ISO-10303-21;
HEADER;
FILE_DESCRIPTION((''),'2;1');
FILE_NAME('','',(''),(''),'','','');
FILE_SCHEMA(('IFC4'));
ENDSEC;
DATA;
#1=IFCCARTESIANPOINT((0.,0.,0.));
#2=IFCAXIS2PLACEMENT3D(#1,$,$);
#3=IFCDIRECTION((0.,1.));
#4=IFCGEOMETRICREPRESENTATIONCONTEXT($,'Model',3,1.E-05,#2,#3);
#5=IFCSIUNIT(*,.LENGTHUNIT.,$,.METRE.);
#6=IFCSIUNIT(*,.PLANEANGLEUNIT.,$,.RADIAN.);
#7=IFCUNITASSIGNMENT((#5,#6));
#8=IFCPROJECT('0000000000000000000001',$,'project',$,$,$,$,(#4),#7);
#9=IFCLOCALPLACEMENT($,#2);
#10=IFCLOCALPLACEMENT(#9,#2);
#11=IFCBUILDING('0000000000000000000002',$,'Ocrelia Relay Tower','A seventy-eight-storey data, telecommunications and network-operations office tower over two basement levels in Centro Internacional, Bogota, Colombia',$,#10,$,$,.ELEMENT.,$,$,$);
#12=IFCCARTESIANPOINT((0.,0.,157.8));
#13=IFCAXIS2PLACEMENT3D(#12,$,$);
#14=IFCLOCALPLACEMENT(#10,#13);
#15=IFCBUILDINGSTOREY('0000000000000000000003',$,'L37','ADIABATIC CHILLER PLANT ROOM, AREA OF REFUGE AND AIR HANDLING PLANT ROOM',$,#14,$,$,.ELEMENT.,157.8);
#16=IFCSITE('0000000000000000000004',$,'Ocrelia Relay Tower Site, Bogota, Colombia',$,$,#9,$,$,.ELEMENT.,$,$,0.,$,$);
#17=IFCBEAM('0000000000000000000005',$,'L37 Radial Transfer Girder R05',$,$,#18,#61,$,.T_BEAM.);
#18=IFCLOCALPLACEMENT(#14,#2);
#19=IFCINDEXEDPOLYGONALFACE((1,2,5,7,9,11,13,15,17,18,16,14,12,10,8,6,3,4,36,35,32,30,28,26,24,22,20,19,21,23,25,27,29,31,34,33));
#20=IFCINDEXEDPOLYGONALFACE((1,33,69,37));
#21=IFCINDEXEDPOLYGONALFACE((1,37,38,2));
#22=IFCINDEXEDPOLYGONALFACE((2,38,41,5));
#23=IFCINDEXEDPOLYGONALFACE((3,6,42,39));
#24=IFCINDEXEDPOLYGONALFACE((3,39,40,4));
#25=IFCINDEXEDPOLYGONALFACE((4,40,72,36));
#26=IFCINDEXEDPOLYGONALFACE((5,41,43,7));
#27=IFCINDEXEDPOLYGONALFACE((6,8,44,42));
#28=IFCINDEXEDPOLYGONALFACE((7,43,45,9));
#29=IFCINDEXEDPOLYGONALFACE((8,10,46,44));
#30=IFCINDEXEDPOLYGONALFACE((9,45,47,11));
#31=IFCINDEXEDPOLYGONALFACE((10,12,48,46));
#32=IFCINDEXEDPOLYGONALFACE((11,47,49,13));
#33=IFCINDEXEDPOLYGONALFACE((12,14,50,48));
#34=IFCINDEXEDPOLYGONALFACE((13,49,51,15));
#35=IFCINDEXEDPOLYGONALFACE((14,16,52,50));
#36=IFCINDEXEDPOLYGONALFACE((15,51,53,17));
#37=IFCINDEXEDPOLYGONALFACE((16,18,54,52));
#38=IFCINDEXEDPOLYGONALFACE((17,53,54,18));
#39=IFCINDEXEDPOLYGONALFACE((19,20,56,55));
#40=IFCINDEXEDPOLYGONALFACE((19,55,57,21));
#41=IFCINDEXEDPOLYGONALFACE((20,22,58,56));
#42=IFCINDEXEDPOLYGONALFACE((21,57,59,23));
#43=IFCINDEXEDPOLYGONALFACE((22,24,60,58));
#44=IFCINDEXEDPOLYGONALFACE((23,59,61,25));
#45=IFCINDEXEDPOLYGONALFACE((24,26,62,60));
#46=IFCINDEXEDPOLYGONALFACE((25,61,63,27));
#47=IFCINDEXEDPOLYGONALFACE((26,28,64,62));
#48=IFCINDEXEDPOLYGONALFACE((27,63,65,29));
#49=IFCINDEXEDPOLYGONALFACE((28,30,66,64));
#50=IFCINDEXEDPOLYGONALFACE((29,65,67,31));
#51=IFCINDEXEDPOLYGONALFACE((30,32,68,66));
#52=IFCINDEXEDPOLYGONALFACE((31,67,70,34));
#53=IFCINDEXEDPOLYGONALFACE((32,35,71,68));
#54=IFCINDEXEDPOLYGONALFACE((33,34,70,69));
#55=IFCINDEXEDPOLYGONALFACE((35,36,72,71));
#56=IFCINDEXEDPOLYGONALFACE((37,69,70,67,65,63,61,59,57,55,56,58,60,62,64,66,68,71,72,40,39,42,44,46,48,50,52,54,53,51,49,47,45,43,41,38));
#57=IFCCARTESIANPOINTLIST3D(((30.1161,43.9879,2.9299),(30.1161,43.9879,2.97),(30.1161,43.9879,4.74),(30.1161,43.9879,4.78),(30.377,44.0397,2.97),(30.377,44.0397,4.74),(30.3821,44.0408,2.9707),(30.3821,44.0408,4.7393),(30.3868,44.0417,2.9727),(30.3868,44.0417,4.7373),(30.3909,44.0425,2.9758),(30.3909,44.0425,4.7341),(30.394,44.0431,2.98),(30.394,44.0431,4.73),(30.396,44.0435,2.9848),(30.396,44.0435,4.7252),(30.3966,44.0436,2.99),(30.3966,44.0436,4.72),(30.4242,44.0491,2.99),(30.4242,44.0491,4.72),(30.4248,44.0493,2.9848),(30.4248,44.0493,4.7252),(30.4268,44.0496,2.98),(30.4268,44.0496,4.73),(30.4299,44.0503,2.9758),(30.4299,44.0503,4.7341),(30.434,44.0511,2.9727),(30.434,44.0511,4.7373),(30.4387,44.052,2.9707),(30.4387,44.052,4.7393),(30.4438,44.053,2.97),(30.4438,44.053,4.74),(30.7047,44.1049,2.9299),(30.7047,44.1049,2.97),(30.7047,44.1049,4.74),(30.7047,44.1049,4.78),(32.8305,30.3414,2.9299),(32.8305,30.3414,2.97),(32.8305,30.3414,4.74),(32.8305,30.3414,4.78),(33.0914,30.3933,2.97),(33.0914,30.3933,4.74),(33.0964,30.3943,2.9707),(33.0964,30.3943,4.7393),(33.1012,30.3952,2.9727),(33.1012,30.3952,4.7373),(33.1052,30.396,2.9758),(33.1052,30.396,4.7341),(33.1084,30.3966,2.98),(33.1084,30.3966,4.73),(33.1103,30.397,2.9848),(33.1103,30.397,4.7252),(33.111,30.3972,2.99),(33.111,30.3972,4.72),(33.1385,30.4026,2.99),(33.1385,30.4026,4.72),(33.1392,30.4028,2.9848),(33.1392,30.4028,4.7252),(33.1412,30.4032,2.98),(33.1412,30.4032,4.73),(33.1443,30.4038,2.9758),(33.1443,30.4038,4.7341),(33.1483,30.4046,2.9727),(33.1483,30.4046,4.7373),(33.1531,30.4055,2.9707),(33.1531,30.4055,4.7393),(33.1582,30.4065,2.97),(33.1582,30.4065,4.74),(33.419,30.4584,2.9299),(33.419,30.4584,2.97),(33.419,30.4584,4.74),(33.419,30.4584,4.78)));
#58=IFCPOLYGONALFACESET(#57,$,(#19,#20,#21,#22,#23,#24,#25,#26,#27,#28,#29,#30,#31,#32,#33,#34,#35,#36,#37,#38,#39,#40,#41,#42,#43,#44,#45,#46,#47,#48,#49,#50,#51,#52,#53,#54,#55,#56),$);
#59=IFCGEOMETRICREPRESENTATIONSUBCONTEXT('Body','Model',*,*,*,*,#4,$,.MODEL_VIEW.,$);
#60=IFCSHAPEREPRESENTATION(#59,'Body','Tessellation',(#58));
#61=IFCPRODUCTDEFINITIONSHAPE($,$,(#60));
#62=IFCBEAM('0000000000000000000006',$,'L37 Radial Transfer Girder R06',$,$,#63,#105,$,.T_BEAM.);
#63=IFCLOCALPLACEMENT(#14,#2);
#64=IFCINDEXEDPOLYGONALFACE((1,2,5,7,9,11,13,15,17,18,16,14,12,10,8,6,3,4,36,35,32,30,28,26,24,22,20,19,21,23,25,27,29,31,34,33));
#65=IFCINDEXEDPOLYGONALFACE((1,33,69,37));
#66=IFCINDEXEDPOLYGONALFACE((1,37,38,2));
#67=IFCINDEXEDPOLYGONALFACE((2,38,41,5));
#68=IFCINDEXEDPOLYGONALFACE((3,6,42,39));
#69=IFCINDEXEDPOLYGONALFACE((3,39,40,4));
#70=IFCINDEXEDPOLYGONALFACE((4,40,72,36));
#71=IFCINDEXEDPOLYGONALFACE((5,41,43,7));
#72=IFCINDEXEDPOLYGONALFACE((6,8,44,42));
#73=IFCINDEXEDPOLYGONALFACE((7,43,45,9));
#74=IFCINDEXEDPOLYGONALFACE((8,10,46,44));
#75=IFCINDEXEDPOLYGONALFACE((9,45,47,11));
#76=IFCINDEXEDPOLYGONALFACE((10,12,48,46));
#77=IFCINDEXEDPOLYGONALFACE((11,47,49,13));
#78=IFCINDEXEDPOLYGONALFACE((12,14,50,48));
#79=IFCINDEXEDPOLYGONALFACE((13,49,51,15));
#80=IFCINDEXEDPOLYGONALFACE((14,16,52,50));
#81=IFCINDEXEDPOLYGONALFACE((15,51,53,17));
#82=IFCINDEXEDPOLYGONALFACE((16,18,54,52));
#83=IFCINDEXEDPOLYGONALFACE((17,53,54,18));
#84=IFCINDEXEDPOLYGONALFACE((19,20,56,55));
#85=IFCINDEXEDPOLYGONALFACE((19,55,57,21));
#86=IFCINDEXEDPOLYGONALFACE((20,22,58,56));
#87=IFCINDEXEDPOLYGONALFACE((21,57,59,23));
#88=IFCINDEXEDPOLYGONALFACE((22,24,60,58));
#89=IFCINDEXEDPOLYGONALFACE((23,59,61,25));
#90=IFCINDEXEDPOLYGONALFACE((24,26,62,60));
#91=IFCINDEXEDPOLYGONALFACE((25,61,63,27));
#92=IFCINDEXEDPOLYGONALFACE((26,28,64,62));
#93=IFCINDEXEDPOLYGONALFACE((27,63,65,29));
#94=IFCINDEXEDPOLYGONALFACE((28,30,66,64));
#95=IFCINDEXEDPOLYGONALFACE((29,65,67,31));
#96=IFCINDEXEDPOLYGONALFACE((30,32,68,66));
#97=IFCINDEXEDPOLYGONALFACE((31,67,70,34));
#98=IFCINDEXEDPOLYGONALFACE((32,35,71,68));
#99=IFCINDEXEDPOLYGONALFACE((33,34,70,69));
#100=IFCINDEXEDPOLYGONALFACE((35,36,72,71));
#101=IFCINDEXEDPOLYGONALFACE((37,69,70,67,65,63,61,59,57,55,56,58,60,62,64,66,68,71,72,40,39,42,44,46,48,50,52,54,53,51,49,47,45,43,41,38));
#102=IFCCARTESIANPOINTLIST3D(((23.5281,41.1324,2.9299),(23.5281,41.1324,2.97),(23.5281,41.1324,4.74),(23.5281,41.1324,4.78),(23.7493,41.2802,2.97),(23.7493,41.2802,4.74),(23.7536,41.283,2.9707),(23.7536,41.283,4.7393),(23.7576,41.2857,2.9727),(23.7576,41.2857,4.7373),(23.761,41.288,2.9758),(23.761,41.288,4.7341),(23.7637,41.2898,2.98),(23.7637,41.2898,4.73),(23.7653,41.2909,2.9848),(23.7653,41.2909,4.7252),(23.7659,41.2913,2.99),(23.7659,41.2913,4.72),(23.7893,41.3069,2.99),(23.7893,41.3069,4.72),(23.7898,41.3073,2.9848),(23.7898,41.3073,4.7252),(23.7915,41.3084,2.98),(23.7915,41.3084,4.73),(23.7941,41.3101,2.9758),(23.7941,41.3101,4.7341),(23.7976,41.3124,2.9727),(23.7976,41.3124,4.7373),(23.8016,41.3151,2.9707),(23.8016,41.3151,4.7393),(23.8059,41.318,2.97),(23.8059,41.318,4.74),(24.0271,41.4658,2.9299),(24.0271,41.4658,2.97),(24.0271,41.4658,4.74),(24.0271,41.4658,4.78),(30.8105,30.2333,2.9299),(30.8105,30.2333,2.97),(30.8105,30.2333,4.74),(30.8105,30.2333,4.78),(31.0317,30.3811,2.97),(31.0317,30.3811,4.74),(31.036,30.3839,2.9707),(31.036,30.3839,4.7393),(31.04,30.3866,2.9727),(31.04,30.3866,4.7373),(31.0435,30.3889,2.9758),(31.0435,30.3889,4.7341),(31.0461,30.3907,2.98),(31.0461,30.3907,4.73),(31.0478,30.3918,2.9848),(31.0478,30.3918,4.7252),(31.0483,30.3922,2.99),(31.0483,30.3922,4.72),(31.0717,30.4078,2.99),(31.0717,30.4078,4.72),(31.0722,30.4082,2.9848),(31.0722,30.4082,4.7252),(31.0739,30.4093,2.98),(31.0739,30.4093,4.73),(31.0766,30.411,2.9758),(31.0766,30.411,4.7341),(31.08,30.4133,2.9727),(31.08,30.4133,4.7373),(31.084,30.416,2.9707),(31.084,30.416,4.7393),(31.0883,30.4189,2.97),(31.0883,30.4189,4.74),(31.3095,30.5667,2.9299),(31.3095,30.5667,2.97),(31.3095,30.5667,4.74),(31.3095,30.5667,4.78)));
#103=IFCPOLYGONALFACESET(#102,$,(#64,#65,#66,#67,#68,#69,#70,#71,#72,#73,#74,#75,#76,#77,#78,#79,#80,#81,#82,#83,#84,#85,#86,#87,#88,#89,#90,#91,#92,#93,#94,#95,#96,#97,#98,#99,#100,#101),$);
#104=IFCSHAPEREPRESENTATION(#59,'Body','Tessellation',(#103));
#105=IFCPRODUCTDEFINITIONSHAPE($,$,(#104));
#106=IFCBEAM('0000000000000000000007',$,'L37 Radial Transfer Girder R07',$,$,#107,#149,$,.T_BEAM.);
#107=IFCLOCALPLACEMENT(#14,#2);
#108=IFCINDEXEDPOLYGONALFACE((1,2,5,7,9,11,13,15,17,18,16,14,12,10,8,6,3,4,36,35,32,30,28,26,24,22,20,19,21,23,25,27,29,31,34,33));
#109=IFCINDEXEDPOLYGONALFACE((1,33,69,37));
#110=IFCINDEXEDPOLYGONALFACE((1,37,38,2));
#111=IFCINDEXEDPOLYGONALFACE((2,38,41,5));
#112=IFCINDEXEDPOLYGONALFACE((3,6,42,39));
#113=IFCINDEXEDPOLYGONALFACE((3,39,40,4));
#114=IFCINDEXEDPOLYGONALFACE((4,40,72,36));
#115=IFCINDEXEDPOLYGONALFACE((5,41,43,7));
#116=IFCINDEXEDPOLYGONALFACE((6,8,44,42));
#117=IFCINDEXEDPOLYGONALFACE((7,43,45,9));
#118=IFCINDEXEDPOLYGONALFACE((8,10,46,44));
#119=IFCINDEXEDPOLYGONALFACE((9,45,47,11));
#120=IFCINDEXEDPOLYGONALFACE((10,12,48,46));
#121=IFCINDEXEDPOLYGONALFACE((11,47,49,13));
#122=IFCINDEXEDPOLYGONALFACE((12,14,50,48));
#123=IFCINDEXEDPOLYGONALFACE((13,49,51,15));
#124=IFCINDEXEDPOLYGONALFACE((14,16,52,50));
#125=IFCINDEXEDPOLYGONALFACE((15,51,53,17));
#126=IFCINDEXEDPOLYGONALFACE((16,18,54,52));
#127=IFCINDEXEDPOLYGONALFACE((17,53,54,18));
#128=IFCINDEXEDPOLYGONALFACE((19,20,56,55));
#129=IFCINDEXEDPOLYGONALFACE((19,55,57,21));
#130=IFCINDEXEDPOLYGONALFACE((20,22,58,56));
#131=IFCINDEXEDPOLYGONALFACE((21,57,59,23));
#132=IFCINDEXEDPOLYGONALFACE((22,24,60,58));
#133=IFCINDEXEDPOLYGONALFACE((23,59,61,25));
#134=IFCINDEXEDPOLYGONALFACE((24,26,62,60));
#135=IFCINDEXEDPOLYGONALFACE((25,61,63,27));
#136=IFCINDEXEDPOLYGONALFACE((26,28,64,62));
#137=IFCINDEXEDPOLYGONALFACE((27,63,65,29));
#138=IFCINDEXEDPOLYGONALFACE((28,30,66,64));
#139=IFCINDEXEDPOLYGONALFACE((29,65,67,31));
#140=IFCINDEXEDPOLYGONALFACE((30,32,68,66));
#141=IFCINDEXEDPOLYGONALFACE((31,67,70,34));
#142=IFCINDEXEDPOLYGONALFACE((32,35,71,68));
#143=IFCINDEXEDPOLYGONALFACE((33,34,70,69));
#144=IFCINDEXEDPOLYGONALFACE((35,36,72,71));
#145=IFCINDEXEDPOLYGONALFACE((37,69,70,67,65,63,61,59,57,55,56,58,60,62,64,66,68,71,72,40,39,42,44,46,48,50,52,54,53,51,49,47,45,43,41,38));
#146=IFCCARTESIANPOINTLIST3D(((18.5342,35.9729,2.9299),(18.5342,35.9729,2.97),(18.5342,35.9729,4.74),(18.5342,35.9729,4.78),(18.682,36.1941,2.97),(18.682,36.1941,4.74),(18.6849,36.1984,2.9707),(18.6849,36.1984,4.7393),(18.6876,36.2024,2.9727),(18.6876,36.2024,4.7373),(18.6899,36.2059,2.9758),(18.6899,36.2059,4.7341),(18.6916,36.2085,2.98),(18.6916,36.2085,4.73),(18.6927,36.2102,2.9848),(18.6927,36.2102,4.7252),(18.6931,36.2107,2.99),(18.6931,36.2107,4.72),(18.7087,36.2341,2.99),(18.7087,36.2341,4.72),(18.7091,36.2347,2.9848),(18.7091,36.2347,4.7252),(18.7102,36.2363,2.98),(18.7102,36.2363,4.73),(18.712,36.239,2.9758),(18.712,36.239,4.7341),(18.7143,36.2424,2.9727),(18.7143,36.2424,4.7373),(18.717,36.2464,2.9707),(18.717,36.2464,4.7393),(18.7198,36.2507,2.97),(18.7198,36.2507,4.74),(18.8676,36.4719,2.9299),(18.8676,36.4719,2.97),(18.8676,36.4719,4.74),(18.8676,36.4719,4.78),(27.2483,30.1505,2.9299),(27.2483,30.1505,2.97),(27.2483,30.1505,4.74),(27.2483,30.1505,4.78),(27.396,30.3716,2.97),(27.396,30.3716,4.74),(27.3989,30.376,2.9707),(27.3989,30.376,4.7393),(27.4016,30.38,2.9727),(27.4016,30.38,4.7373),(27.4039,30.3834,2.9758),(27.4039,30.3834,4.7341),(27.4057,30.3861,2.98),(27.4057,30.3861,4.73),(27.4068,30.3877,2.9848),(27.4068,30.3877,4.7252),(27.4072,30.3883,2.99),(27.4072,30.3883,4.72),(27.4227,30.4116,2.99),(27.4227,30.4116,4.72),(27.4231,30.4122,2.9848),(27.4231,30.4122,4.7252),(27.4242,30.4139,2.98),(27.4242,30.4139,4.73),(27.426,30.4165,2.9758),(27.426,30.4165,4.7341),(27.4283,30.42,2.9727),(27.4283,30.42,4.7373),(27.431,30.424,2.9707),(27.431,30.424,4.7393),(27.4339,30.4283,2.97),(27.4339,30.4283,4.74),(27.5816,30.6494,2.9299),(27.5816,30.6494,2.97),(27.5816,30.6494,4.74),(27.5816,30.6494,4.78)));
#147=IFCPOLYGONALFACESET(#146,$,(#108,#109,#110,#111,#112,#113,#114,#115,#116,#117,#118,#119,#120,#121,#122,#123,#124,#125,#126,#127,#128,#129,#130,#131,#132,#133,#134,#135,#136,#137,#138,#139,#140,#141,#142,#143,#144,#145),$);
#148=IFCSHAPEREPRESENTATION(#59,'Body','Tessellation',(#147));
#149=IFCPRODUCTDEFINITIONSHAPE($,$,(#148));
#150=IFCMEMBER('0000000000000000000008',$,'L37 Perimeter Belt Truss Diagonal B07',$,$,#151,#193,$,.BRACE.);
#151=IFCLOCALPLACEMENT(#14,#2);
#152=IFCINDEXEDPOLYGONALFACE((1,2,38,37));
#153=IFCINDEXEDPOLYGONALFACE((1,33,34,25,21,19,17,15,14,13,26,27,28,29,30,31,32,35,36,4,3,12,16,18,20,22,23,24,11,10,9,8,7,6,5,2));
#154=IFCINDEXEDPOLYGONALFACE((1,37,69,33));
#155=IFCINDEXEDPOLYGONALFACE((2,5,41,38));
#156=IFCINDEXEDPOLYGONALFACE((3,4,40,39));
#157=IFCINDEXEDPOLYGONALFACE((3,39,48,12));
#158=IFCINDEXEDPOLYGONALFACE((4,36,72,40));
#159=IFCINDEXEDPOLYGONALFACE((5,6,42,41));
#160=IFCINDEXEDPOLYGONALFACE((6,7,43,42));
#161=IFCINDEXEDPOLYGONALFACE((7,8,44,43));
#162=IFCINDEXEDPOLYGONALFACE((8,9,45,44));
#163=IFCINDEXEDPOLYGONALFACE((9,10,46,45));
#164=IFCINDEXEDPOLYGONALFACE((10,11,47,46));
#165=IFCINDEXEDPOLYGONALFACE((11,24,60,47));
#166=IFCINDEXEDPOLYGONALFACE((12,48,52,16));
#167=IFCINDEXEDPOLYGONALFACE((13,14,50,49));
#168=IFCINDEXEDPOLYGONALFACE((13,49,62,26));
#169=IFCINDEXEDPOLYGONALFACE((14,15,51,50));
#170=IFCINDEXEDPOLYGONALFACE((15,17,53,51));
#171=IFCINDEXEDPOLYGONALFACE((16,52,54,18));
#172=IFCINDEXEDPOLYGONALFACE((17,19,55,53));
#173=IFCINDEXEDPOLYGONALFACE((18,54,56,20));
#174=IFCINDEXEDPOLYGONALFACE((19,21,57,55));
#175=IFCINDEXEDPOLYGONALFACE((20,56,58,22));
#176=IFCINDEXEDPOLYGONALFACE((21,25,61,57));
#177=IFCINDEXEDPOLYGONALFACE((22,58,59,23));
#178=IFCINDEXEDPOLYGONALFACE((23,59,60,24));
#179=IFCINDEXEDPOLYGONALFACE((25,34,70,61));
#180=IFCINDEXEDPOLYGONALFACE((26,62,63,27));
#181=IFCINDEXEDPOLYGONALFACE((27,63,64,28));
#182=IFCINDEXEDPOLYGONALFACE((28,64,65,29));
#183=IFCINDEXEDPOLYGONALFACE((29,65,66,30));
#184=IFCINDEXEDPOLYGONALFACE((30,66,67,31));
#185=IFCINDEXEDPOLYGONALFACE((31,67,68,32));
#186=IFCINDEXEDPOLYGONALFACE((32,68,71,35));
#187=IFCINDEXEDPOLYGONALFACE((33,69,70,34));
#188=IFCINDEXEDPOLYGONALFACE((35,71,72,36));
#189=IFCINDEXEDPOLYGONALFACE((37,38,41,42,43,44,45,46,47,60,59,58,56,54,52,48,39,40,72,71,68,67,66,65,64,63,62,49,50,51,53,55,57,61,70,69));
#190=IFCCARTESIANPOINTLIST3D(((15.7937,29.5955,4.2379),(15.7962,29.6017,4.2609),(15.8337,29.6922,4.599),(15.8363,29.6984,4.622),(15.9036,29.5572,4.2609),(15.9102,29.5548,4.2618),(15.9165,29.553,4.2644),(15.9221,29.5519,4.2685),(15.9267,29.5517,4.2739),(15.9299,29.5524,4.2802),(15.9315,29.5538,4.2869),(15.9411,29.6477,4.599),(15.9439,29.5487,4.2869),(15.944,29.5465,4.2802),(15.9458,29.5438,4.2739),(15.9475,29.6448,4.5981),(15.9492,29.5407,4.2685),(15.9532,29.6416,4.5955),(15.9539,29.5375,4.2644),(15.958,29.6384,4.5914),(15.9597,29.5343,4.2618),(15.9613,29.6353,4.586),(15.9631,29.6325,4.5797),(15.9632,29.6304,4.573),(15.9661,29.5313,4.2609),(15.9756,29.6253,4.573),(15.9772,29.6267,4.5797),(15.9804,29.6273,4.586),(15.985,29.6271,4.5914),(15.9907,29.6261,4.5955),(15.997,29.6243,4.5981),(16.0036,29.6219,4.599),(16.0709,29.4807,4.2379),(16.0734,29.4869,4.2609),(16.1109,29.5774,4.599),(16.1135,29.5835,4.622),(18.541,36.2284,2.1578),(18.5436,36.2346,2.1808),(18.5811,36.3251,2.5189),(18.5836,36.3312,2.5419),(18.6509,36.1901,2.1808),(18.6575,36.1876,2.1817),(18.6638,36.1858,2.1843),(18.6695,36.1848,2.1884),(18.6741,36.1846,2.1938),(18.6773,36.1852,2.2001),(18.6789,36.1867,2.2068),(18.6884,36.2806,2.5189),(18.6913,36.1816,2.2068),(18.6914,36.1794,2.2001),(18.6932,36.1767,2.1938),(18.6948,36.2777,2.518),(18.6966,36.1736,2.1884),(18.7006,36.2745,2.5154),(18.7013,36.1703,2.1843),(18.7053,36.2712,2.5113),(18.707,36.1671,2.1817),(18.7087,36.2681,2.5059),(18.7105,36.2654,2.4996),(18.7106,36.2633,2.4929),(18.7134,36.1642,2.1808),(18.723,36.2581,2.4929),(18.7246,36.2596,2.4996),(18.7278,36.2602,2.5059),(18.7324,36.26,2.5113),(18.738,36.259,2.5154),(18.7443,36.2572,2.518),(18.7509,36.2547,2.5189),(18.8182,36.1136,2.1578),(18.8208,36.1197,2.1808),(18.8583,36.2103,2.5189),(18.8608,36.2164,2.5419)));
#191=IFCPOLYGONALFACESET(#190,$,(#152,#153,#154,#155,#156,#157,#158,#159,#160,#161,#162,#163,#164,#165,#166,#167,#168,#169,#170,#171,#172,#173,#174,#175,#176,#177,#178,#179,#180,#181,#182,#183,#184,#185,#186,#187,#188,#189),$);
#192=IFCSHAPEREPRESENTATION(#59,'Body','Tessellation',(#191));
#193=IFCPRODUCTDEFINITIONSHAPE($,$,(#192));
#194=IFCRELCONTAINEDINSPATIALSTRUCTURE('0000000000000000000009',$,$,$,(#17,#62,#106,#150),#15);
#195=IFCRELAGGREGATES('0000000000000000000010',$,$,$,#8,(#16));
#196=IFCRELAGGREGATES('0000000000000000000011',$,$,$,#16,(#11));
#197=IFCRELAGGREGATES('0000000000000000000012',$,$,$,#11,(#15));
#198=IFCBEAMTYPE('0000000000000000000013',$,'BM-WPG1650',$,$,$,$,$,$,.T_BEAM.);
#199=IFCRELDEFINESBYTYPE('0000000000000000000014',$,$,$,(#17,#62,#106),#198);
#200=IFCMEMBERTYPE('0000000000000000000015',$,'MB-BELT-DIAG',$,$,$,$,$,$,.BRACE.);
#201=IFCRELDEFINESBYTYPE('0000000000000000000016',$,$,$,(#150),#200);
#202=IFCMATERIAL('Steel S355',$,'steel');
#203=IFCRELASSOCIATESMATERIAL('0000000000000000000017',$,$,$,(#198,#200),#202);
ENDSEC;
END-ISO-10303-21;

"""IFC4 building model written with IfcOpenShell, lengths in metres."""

from ifc_helpers import new_model, si_unit, direction, frame, origin, origin_2d, place, context, subcontext, project, spatial, i_section, extrude, material, material_profile, profile_set, type_object, element, save


model = new_model("IFC4")

# Units and contexts
model_context = context("Model", 3, precision=1e-05, world=origin(), true_north=direction((0.0, 1.0)))
body_context = subcontext(model_context, "Body", "Model", "MODEL_VIEW")
ifc_project = project(units=[si_unit("LENGTHUNIT", "METRE"), si_unit("PLANEANGLEUNIT", "RADIAN")], contexts=[model_context])

# Site, building, storey
site_placement = place(None, origin())
site = spatial("IfcSite", under=ifc_project, at=site_placement, Name="Ocrelia Relay Tower Site, Bogota, Colombia", CompositionType="ELEMENT", RefElevation=0.0)
building_placement = place(site_placement, origin())
building = spatial("IfcBuilding", under=site, at=building_placement, Name="Ocrelia Relay Tower", Description="A seventy-eight-storey data, telecommunications and network-operations office tower over two basement levels in Centro Internacional, Bogota, Colombia", CompositionType="ELEMENT")
storey_placement = place(building_placement, frame((0.0, 0.0, 157.8)))
storey = spatial("IfcBuildingStorey", under=building, at=storey_placement, Name="L37", Description="ADIABATIC CHILLER PLANT ROOM, AREA OF REFUGE AND AIR HANDLING PLANT ROOM", CompositionType="ELEMENT", Elevation=157.8)

# Beams
ifc_material_1 = material(Name="Steel S355", Category="steel")
ifc_material_profile_1 = material_profile(ifc_material_1, i_section(OverallWidth=0.6001, OverallDepth=1.8501, WebThickness=0.0281, FlangeThickness=0.04, FilletRadius=0.02, at=origin_2d()), Name="WPG 1850x600")
ifc_profile_set_1 = profile_set([ifc_material_profile_1], Name="Steel S355")
beam_type_1 = type_object("IfcBeamType", Name="BM-WPG1650", PredefinedType="T_BEAM", material=ifc_profile_set_1)
beam_1_placement = place(storey_placement, frame((30.4104, 44.0464, 3.855), z_axis=(0.195083, -0.980787, 0.0), x_axis=(0.980787, 0.195083, 0.0)))
element("IfcBeam", 1, at=beam_1_placement, inside=storey, type_object=beam_type_1, Name="L37 Radial Transfer Girder R05", PredefinedType="T_BEAM", context=body_context, shape_type="SweptSolid", body=[
    extrude(i_section(OverallWidth=0.6001, OverallDepth=1.8501, WebThickness=0.0281, FlangeThickness=0.04, FilletRadius=0.02, at=origin_2d()), origin(), (0.0, 0.0, 1.0), 13.9138),
])
beam_2_placement = place(storey_placement, frame((23.7776, 41.2991, 3.855), z_axis=(0.555564, -0.831474, 0.0), x_axis=(0.831474, 0.555564, 0.0)))
element("IfcBeam", 2, at=beam_2_placement, inside=storey, type_object=beam_type_1, Name="L37 Radial Transfer Girder R06", PredefinedType="T_BEAM", context=body_context, shape_type="SweptSolid", body=[
    extrude(i_section(OverallWidth=0.6001, OverallDepth=1.8501, WebThickness=0.0281, FlangeThickness=0.04, FilletRadius=0.02, at=origin_2d()), origin(), (0.0, 0.0, 1.0), 13.1082),
])
beam_3_placement = place(storey_placement, frame((18.7009, 36.2224, 3.855), z_axis=(0.831473, -0.555565, 0.0), x_axis=(0.555565, 0.831473, 0.0)))
element("IfcBeam", 3, at=beam_3_placement, inside=storey, type_object=beam_type_1, Name="L37 Radial Transfer Girder R07", PredefinedType="T_BEAM", context=body_context, shape_type="SweptSolid", body=[
    extrude(i_section(OverallWidth=0.6001, OverallDepth=1.8501, WebThickness=0.0281, FlangeThickness=0.04, FilletRadius=0.02, at=origin_2d()), origin(), (0.0, 0.0, 1.0), 10.4802),
])

# Member
ifc_material_profile_2 = material_profile(ifc_material_1, i_section(OverallWidth=0.3, OverallDepth=0.3999, WebThickness=0.0134, FlangeThickness=0.0239, FilletRadius=0.0271, at=origin_2d()), Name="HEB 400")
ifc_profile_set_2 = profile_set([ifc_material_profile_2], Name="Steel S355")
member_type_1 = type_object("IfcMemberType", Name="MB-BELT-DIAG", PredefinedType="BRACE", material=ifc_profile_set_2)
member_1_placement = place(storey_placement, frame((18.7009, 36.2224, 2.3499), z_axis=(-0.367557, -0.887388, 0.278289), x_axis=(0.923884, -0.382673, 0.0)))
element("IfcMember", 4, at=member_1_placement, inside=storey, type_object=member_type_1, Name="L37 Perimeter Belt Truss Diagonal B07", PredefinedType="BRACE", context=body_context, shape_type="SweptSolid", body=[
    extrude(i_section(OverallWidth=0.3, OverallDepth=0.3999, WebThickness=0.0134, FlangeThickness=0.0239, FilletRadius=0.0271, at=origin_2d()), origin(), (0.0, 0.0, 1.0), 7.4746),
])

save(model, "model.ifc")
